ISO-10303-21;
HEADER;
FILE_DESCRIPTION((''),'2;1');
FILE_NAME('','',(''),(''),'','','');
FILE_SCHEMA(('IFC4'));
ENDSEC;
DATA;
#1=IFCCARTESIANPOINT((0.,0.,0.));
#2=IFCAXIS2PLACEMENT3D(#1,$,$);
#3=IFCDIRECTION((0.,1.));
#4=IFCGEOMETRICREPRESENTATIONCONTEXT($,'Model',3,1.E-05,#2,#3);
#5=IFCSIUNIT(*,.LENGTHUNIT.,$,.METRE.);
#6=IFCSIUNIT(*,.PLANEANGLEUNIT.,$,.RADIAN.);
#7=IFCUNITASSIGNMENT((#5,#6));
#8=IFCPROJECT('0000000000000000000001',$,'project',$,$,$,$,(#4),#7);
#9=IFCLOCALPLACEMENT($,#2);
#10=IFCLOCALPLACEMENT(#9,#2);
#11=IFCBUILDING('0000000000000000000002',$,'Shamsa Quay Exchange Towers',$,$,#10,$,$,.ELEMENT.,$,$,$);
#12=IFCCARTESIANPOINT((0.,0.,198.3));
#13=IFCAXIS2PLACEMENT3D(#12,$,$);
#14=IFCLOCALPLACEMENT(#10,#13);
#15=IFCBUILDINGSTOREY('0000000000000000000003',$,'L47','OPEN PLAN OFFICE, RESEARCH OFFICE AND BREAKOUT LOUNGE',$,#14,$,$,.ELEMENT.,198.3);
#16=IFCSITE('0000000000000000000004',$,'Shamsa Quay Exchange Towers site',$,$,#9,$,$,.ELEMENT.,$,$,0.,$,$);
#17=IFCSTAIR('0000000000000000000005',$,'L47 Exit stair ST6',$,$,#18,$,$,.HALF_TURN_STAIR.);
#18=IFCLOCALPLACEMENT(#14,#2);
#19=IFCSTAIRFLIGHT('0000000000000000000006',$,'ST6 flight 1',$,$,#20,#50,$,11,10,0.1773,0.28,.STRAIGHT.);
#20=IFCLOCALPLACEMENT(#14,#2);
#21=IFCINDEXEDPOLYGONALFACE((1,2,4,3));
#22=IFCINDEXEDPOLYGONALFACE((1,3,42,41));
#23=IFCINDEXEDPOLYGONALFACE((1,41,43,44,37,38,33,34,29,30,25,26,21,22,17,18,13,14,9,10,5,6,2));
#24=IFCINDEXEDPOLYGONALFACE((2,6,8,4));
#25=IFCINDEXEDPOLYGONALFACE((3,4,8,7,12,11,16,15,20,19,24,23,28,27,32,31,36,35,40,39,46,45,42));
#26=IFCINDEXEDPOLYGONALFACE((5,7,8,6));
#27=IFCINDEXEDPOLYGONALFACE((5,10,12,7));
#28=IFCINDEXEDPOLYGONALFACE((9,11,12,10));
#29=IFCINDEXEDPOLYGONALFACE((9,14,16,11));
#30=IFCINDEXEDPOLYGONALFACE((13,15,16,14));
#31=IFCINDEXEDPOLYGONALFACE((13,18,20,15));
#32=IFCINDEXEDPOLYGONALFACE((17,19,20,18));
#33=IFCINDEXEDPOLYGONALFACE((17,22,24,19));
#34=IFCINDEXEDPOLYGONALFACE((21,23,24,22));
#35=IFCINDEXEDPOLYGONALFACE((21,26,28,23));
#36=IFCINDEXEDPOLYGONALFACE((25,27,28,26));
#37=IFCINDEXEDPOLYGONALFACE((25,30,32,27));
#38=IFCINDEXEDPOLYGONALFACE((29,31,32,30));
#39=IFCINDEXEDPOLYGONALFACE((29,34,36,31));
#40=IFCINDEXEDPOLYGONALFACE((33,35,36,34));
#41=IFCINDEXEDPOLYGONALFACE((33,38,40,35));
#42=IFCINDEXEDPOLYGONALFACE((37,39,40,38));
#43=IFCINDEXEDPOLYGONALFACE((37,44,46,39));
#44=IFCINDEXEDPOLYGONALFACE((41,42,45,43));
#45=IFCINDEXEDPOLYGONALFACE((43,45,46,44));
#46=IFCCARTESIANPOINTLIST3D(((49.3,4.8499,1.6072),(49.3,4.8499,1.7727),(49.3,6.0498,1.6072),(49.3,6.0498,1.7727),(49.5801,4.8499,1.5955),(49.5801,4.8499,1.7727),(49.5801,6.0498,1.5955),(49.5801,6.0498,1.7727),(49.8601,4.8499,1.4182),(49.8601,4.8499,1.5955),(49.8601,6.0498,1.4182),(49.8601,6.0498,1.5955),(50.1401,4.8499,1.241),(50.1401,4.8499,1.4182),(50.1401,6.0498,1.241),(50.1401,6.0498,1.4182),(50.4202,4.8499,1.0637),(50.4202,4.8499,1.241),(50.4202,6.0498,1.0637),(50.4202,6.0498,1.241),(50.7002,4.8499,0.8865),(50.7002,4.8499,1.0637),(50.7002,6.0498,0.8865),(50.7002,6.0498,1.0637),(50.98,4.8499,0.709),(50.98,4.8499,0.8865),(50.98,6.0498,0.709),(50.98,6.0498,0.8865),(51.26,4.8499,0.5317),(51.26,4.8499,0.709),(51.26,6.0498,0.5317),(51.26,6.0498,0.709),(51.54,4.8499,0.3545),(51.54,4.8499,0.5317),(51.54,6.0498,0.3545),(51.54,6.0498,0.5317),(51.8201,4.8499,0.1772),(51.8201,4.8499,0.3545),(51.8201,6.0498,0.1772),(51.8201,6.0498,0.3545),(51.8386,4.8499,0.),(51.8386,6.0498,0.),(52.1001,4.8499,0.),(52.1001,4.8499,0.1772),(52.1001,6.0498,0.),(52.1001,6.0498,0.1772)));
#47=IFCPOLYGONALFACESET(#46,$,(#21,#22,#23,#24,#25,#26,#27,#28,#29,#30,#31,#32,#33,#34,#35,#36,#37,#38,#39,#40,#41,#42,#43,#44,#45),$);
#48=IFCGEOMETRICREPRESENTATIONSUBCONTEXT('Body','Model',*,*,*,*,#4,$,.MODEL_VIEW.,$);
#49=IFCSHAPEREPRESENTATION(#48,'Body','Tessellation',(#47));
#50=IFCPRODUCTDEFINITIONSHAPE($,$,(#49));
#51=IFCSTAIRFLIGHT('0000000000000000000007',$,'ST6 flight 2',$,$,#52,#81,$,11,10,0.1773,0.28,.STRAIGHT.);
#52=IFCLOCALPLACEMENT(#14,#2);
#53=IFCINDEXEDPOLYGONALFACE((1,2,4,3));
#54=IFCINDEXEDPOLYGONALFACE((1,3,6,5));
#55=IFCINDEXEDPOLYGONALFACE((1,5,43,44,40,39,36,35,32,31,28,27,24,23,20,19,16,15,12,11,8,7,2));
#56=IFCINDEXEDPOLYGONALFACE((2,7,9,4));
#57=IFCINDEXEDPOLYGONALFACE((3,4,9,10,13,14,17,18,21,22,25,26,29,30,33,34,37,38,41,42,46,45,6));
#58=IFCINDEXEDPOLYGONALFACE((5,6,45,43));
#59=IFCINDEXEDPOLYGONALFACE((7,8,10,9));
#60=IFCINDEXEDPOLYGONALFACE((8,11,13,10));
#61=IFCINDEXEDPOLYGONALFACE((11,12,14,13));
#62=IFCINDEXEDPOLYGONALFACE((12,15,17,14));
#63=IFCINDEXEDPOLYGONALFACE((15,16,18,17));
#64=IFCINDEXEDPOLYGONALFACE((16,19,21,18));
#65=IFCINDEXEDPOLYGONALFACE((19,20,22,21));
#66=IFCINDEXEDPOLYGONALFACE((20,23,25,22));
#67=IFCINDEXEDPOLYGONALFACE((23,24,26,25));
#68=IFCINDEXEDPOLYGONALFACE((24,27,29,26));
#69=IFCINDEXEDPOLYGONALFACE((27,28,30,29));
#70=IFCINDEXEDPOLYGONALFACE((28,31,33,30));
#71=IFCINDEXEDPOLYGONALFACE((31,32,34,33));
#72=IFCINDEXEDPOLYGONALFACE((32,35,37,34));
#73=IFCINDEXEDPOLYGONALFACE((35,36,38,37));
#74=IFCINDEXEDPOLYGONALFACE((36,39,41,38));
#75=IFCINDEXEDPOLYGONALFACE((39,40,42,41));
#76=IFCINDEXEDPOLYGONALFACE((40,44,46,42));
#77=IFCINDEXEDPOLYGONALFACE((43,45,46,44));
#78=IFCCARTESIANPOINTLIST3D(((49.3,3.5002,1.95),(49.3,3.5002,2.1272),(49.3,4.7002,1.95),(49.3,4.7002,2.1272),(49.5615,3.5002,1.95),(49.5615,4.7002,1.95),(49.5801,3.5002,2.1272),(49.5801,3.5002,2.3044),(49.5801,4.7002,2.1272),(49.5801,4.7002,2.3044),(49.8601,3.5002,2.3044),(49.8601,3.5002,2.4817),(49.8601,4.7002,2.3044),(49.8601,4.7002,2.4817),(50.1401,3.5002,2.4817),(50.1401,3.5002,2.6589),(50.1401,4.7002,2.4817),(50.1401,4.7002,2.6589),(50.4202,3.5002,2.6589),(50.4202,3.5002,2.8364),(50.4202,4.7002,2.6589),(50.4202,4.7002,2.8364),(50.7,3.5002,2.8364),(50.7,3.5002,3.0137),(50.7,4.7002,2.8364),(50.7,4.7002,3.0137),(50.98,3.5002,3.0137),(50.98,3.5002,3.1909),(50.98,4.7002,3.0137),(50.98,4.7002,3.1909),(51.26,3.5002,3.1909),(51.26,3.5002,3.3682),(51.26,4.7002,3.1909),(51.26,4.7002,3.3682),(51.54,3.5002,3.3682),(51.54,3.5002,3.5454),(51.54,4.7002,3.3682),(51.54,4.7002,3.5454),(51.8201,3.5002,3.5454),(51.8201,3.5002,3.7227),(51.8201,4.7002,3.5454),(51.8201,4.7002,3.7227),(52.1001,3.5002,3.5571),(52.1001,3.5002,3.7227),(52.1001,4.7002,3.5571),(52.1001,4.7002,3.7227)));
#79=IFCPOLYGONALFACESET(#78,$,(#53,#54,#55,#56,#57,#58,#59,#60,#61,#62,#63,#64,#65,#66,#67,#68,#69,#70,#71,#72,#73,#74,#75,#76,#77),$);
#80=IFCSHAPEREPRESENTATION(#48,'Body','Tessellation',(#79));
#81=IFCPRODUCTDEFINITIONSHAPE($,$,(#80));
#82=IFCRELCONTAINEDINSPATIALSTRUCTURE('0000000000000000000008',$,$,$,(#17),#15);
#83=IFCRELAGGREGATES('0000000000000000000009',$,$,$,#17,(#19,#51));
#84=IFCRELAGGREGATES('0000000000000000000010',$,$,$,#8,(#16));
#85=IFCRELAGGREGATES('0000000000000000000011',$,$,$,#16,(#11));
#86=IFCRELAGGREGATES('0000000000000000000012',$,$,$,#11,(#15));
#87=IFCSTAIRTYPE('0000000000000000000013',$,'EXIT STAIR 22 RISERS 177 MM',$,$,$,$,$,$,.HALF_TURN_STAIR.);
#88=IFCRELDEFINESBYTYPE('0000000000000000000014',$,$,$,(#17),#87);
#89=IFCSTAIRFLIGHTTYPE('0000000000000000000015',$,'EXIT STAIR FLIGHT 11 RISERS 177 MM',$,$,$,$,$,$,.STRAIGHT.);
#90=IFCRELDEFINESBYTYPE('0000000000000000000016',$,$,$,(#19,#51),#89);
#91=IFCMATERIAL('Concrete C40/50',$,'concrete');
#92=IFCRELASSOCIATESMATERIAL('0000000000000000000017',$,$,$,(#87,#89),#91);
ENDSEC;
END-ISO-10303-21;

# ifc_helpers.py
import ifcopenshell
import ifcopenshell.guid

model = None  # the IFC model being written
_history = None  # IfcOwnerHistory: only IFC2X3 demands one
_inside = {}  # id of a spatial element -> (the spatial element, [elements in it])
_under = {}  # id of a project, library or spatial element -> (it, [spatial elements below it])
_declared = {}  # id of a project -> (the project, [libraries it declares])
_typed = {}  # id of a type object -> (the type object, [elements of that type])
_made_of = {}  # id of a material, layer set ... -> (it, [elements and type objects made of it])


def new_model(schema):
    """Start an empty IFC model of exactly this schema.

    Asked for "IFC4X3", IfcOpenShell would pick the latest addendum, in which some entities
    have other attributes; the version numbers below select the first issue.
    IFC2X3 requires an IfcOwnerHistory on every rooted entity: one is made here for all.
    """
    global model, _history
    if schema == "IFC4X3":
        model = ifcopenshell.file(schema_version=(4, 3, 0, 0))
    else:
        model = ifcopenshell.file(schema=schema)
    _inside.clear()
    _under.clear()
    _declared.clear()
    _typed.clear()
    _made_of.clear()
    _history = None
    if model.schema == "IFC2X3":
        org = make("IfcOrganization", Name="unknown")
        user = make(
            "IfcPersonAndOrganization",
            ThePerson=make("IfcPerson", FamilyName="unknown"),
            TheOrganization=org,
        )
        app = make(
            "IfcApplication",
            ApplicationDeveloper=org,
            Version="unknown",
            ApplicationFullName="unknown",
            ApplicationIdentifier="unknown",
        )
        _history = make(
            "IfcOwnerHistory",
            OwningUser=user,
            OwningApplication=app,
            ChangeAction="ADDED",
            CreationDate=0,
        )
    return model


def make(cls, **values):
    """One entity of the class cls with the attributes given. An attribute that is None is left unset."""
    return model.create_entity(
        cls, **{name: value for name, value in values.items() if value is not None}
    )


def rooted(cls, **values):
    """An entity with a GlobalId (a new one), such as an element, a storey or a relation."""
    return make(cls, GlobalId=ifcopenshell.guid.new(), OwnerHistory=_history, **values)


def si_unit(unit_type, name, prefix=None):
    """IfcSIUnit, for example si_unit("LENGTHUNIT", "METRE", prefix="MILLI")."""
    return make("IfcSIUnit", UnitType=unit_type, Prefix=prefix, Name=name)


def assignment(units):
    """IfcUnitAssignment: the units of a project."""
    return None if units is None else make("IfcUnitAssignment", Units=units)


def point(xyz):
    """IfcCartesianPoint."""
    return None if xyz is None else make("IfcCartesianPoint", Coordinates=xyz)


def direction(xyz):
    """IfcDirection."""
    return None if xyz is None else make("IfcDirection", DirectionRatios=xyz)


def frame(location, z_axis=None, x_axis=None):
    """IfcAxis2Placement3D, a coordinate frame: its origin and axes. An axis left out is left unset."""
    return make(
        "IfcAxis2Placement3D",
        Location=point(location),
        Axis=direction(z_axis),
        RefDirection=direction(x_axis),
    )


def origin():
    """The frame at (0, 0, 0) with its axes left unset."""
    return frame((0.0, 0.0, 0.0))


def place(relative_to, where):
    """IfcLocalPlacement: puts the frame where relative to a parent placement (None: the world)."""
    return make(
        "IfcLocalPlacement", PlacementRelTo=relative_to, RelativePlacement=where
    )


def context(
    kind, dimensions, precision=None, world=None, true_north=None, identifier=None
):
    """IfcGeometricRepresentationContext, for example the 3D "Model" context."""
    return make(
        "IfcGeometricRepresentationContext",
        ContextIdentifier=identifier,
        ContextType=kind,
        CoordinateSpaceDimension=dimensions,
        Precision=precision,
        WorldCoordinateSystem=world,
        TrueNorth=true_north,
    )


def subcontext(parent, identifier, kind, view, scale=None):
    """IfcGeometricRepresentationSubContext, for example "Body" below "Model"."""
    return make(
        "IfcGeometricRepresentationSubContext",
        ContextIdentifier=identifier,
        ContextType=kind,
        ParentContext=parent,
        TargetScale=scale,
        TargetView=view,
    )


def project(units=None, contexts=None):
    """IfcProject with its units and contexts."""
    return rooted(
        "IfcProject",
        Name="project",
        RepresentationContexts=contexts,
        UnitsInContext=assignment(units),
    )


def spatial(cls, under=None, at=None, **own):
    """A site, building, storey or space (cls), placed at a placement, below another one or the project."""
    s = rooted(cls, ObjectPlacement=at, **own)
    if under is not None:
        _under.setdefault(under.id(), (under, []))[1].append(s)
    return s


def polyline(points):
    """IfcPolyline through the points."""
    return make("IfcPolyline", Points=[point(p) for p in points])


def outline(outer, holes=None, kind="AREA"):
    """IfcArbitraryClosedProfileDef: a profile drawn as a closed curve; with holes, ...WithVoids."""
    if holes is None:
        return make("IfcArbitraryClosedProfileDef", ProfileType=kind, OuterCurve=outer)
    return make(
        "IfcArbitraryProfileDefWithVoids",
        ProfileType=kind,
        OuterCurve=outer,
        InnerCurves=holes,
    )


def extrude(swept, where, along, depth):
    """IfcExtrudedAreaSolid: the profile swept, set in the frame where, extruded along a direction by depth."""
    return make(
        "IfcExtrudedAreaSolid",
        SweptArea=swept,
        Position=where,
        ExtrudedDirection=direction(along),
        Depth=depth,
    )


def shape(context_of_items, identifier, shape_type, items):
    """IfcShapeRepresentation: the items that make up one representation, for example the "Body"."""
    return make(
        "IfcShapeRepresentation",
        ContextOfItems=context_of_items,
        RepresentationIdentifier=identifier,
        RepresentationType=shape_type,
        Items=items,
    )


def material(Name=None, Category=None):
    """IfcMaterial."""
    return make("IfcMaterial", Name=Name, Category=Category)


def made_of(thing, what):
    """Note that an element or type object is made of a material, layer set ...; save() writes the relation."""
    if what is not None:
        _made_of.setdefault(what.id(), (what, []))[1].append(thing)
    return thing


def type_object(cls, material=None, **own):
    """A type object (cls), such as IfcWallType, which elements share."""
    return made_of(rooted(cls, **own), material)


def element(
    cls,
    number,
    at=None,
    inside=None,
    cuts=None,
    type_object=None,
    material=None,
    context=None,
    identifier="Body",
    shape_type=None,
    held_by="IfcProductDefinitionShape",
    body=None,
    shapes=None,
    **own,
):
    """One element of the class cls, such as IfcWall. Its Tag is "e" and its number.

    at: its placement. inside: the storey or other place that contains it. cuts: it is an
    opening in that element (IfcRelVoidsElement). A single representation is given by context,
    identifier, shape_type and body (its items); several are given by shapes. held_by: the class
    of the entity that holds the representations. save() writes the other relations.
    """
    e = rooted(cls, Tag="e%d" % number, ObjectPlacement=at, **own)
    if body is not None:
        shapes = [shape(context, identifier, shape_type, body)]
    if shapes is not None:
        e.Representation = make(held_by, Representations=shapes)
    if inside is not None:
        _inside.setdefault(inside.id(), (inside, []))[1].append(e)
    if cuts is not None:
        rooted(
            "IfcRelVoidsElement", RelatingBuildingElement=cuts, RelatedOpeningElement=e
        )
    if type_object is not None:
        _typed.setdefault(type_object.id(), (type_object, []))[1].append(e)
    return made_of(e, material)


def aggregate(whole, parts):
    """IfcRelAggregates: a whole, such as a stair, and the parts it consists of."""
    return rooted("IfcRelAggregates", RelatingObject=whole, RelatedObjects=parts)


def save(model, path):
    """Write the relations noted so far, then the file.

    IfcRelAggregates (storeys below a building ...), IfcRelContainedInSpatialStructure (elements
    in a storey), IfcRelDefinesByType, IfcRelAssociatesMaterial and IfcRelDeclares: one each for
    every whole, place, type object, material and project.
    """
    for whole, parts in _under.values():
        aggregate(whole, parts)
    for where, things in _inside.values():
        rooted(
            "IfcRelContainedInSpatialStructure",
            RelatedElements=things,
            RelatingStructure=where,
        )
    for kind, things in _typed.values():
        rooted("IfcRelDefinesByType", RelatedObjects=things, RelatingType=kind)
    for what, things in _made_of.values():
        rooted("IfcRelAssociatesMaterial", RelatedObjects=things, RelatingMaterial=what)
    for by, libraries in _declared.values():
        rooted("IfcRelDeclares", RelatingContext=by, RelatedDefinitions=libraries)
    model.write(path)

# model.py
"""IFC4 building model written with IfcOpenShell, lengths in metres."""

from ifc_helpers import new_model, si_unit, direction, frame, origin, place, context, subcontext, project, spatial, polyline, outline, extrude, material, type_object, element, aggregate, save


model = new_model("IFC4")

# Units and contexts
model_context = context("Model", 3, precision=1e-05, world=origin(), true_north=direction((0.0, 1.0)))
body_context = subcontext(model_context, "Body", "Model", "MODEL_VIEW")
ifc_project = project(units=[si_unit("LENGTHUNIT", "METRE"), si_unit("PLANEANGLEUNIT", "RADIAN")], contexts=[model_context])

# Site, building, storey
site_placement = place(None, origin())
site = spatial("IfcSite", under=ifc_project, at=site_placement, Name="Shamsa Quay Exchange Towers site", CompositionType="ELEMENT", RefElevation=0.0)
building_placement = place(site_placement, origin())
building = spatial("IfcBuilding", under=site, at=building_placement, Name="Shamsa Quay Exchange Towers", CompositionType="ELEMENT")
storey_placement = place(building_placement, frame((0.0, 0.0, 198.3)))
storey = spatial("IfcBuildingStorey", under=building, at=storey_placement, Name="L47", Description="OPEN PLAN OFFICE, RESEARCH OFFICE AND BREAKOUT LOUNGE", CompositionType="ELEMENT", Elevation=198.3)

# Stair, stair flights
ifc_material_1 = material(Name="Concrete C40/50", Category="concrete")
stair_type = type_object("IfcStairType", Name="EXIT STAIR 22 RISERS 177 MM", PredefinedType="HALF_TURN_STAIR", material=ifc_material_1)
stair_placement = place(storey_placement, origin())
stair = element("IfcStair", 1, at=stair_placement, inside=storey, type_object=stair_type, Name="L47 Exit stair ST6", PredefinedType="HALF_TURN_STAIR")
stair_flight_type = type_object("IfcStairFlightType", Name="EXIT STAIR FLIGHT 11 RISERS 177 MM", PredefinedType="STRAIGHT", material=ifc_material_1)
stair_flight_1_placement = place(storey_placement, frame((52.1001, 5.45, 0.0), z_axis=(0.0, 0.0, 1.0), x_axis=(-1.0, 0.0, 0.0)))
stair_flight_1 = element("IfcStairFlight", 2, at=stair_flight_1_placement, type_object=stair_flight_type, Name="ST6 flight 1", NumberOfRisers=11, NumberOfTreads=10, PredefinedType="STRAIGHT", RiserHeight=0.1773, TreadLength=0.28, context=body_context, shape_type="SweptSolid", body=[
    extrude(outline(polyline([(0.0, 0.0), (0.0, 0.1772), (0.28, 0.1772), (0.28, 0.3545), (0.5601, 0.3545), (0.5601, 0.5317), (0.8401, 0.5317), (0.8401, 0.709), (1.1201, 0.709), (1.1201, 0.8865), (1.3999, 0.8865), (1.3999, 1.0637), (1.6799, 1.0637), (1.6799, 1.241), (1.96, 1.241), (1.96, 1.4182), (2.24, 1.4182), (2.24, 1.5955), (2.52, 1.5955), (2.52, 1.7727), (2.8, 1.7727), (2.8, 1.95), (2.8, 1.6072), (0.2615, 0.0), (0.0, 0.0)])), frame((0.0, 0.6001, 0.0), z_axis=(0.0, -1.0, 0.0), x_axis=(1.0, 0.0, 0.0)), (0.0, 0.0, 1.0), 1.2),
])
stair_flight_2_placement = place(storey_placement, frame((49.3, 4.1001, 1.95)))
stair_flight_2 = element("IfcStairFlight", 3, at=stair_flight_2_placement, type_object=stair_flight_type, Name="ST6 flight 2", NumberOfRisers=11, NumberOfTreads=10, PredefinedType="STRAIGHT", RiserHeight=0.1773, TreadLength=0.28, context=body_context, shape_type="SweptSolid", body=[
    extrude(outline(polyline([(0.0, 0.0), (0.0, 0.1772), (0.28, 0.1772), (0.28, 0.3545), (0.5601, 0.3545), (0.5601, 0.5317), (0.8401, 0.5317), (0.8401, 0.709), (1.1201, 0.709), (1.1201, 0.8865), (1.3999, 0.8865), (1.3999, 1.0637), (1.6799, 1.0637), (1.6799, 1.241), (1.96, 1.241), (1.96, 1.4182), (2.24, 1.4182), (2.24, 1.5955), (2.52, 1.5955), (2.52, 1.7727), (2.8, 1.7727), (2.8, 1.95), (2.8, 1.6072), (0.2615, 0.0), (0.0, 0.0)])), frame((0.0, 0.6001, 0.0), z_axis=(0.0, -1.0, 0.0), x_axis=(1.0, 0.0, 0.0)), (0.0, 0.0, 1.0), 1.2),
])
aggregate(stair, [stair_flight_1, stair_flight_2])

save(model, "model.ifc")
